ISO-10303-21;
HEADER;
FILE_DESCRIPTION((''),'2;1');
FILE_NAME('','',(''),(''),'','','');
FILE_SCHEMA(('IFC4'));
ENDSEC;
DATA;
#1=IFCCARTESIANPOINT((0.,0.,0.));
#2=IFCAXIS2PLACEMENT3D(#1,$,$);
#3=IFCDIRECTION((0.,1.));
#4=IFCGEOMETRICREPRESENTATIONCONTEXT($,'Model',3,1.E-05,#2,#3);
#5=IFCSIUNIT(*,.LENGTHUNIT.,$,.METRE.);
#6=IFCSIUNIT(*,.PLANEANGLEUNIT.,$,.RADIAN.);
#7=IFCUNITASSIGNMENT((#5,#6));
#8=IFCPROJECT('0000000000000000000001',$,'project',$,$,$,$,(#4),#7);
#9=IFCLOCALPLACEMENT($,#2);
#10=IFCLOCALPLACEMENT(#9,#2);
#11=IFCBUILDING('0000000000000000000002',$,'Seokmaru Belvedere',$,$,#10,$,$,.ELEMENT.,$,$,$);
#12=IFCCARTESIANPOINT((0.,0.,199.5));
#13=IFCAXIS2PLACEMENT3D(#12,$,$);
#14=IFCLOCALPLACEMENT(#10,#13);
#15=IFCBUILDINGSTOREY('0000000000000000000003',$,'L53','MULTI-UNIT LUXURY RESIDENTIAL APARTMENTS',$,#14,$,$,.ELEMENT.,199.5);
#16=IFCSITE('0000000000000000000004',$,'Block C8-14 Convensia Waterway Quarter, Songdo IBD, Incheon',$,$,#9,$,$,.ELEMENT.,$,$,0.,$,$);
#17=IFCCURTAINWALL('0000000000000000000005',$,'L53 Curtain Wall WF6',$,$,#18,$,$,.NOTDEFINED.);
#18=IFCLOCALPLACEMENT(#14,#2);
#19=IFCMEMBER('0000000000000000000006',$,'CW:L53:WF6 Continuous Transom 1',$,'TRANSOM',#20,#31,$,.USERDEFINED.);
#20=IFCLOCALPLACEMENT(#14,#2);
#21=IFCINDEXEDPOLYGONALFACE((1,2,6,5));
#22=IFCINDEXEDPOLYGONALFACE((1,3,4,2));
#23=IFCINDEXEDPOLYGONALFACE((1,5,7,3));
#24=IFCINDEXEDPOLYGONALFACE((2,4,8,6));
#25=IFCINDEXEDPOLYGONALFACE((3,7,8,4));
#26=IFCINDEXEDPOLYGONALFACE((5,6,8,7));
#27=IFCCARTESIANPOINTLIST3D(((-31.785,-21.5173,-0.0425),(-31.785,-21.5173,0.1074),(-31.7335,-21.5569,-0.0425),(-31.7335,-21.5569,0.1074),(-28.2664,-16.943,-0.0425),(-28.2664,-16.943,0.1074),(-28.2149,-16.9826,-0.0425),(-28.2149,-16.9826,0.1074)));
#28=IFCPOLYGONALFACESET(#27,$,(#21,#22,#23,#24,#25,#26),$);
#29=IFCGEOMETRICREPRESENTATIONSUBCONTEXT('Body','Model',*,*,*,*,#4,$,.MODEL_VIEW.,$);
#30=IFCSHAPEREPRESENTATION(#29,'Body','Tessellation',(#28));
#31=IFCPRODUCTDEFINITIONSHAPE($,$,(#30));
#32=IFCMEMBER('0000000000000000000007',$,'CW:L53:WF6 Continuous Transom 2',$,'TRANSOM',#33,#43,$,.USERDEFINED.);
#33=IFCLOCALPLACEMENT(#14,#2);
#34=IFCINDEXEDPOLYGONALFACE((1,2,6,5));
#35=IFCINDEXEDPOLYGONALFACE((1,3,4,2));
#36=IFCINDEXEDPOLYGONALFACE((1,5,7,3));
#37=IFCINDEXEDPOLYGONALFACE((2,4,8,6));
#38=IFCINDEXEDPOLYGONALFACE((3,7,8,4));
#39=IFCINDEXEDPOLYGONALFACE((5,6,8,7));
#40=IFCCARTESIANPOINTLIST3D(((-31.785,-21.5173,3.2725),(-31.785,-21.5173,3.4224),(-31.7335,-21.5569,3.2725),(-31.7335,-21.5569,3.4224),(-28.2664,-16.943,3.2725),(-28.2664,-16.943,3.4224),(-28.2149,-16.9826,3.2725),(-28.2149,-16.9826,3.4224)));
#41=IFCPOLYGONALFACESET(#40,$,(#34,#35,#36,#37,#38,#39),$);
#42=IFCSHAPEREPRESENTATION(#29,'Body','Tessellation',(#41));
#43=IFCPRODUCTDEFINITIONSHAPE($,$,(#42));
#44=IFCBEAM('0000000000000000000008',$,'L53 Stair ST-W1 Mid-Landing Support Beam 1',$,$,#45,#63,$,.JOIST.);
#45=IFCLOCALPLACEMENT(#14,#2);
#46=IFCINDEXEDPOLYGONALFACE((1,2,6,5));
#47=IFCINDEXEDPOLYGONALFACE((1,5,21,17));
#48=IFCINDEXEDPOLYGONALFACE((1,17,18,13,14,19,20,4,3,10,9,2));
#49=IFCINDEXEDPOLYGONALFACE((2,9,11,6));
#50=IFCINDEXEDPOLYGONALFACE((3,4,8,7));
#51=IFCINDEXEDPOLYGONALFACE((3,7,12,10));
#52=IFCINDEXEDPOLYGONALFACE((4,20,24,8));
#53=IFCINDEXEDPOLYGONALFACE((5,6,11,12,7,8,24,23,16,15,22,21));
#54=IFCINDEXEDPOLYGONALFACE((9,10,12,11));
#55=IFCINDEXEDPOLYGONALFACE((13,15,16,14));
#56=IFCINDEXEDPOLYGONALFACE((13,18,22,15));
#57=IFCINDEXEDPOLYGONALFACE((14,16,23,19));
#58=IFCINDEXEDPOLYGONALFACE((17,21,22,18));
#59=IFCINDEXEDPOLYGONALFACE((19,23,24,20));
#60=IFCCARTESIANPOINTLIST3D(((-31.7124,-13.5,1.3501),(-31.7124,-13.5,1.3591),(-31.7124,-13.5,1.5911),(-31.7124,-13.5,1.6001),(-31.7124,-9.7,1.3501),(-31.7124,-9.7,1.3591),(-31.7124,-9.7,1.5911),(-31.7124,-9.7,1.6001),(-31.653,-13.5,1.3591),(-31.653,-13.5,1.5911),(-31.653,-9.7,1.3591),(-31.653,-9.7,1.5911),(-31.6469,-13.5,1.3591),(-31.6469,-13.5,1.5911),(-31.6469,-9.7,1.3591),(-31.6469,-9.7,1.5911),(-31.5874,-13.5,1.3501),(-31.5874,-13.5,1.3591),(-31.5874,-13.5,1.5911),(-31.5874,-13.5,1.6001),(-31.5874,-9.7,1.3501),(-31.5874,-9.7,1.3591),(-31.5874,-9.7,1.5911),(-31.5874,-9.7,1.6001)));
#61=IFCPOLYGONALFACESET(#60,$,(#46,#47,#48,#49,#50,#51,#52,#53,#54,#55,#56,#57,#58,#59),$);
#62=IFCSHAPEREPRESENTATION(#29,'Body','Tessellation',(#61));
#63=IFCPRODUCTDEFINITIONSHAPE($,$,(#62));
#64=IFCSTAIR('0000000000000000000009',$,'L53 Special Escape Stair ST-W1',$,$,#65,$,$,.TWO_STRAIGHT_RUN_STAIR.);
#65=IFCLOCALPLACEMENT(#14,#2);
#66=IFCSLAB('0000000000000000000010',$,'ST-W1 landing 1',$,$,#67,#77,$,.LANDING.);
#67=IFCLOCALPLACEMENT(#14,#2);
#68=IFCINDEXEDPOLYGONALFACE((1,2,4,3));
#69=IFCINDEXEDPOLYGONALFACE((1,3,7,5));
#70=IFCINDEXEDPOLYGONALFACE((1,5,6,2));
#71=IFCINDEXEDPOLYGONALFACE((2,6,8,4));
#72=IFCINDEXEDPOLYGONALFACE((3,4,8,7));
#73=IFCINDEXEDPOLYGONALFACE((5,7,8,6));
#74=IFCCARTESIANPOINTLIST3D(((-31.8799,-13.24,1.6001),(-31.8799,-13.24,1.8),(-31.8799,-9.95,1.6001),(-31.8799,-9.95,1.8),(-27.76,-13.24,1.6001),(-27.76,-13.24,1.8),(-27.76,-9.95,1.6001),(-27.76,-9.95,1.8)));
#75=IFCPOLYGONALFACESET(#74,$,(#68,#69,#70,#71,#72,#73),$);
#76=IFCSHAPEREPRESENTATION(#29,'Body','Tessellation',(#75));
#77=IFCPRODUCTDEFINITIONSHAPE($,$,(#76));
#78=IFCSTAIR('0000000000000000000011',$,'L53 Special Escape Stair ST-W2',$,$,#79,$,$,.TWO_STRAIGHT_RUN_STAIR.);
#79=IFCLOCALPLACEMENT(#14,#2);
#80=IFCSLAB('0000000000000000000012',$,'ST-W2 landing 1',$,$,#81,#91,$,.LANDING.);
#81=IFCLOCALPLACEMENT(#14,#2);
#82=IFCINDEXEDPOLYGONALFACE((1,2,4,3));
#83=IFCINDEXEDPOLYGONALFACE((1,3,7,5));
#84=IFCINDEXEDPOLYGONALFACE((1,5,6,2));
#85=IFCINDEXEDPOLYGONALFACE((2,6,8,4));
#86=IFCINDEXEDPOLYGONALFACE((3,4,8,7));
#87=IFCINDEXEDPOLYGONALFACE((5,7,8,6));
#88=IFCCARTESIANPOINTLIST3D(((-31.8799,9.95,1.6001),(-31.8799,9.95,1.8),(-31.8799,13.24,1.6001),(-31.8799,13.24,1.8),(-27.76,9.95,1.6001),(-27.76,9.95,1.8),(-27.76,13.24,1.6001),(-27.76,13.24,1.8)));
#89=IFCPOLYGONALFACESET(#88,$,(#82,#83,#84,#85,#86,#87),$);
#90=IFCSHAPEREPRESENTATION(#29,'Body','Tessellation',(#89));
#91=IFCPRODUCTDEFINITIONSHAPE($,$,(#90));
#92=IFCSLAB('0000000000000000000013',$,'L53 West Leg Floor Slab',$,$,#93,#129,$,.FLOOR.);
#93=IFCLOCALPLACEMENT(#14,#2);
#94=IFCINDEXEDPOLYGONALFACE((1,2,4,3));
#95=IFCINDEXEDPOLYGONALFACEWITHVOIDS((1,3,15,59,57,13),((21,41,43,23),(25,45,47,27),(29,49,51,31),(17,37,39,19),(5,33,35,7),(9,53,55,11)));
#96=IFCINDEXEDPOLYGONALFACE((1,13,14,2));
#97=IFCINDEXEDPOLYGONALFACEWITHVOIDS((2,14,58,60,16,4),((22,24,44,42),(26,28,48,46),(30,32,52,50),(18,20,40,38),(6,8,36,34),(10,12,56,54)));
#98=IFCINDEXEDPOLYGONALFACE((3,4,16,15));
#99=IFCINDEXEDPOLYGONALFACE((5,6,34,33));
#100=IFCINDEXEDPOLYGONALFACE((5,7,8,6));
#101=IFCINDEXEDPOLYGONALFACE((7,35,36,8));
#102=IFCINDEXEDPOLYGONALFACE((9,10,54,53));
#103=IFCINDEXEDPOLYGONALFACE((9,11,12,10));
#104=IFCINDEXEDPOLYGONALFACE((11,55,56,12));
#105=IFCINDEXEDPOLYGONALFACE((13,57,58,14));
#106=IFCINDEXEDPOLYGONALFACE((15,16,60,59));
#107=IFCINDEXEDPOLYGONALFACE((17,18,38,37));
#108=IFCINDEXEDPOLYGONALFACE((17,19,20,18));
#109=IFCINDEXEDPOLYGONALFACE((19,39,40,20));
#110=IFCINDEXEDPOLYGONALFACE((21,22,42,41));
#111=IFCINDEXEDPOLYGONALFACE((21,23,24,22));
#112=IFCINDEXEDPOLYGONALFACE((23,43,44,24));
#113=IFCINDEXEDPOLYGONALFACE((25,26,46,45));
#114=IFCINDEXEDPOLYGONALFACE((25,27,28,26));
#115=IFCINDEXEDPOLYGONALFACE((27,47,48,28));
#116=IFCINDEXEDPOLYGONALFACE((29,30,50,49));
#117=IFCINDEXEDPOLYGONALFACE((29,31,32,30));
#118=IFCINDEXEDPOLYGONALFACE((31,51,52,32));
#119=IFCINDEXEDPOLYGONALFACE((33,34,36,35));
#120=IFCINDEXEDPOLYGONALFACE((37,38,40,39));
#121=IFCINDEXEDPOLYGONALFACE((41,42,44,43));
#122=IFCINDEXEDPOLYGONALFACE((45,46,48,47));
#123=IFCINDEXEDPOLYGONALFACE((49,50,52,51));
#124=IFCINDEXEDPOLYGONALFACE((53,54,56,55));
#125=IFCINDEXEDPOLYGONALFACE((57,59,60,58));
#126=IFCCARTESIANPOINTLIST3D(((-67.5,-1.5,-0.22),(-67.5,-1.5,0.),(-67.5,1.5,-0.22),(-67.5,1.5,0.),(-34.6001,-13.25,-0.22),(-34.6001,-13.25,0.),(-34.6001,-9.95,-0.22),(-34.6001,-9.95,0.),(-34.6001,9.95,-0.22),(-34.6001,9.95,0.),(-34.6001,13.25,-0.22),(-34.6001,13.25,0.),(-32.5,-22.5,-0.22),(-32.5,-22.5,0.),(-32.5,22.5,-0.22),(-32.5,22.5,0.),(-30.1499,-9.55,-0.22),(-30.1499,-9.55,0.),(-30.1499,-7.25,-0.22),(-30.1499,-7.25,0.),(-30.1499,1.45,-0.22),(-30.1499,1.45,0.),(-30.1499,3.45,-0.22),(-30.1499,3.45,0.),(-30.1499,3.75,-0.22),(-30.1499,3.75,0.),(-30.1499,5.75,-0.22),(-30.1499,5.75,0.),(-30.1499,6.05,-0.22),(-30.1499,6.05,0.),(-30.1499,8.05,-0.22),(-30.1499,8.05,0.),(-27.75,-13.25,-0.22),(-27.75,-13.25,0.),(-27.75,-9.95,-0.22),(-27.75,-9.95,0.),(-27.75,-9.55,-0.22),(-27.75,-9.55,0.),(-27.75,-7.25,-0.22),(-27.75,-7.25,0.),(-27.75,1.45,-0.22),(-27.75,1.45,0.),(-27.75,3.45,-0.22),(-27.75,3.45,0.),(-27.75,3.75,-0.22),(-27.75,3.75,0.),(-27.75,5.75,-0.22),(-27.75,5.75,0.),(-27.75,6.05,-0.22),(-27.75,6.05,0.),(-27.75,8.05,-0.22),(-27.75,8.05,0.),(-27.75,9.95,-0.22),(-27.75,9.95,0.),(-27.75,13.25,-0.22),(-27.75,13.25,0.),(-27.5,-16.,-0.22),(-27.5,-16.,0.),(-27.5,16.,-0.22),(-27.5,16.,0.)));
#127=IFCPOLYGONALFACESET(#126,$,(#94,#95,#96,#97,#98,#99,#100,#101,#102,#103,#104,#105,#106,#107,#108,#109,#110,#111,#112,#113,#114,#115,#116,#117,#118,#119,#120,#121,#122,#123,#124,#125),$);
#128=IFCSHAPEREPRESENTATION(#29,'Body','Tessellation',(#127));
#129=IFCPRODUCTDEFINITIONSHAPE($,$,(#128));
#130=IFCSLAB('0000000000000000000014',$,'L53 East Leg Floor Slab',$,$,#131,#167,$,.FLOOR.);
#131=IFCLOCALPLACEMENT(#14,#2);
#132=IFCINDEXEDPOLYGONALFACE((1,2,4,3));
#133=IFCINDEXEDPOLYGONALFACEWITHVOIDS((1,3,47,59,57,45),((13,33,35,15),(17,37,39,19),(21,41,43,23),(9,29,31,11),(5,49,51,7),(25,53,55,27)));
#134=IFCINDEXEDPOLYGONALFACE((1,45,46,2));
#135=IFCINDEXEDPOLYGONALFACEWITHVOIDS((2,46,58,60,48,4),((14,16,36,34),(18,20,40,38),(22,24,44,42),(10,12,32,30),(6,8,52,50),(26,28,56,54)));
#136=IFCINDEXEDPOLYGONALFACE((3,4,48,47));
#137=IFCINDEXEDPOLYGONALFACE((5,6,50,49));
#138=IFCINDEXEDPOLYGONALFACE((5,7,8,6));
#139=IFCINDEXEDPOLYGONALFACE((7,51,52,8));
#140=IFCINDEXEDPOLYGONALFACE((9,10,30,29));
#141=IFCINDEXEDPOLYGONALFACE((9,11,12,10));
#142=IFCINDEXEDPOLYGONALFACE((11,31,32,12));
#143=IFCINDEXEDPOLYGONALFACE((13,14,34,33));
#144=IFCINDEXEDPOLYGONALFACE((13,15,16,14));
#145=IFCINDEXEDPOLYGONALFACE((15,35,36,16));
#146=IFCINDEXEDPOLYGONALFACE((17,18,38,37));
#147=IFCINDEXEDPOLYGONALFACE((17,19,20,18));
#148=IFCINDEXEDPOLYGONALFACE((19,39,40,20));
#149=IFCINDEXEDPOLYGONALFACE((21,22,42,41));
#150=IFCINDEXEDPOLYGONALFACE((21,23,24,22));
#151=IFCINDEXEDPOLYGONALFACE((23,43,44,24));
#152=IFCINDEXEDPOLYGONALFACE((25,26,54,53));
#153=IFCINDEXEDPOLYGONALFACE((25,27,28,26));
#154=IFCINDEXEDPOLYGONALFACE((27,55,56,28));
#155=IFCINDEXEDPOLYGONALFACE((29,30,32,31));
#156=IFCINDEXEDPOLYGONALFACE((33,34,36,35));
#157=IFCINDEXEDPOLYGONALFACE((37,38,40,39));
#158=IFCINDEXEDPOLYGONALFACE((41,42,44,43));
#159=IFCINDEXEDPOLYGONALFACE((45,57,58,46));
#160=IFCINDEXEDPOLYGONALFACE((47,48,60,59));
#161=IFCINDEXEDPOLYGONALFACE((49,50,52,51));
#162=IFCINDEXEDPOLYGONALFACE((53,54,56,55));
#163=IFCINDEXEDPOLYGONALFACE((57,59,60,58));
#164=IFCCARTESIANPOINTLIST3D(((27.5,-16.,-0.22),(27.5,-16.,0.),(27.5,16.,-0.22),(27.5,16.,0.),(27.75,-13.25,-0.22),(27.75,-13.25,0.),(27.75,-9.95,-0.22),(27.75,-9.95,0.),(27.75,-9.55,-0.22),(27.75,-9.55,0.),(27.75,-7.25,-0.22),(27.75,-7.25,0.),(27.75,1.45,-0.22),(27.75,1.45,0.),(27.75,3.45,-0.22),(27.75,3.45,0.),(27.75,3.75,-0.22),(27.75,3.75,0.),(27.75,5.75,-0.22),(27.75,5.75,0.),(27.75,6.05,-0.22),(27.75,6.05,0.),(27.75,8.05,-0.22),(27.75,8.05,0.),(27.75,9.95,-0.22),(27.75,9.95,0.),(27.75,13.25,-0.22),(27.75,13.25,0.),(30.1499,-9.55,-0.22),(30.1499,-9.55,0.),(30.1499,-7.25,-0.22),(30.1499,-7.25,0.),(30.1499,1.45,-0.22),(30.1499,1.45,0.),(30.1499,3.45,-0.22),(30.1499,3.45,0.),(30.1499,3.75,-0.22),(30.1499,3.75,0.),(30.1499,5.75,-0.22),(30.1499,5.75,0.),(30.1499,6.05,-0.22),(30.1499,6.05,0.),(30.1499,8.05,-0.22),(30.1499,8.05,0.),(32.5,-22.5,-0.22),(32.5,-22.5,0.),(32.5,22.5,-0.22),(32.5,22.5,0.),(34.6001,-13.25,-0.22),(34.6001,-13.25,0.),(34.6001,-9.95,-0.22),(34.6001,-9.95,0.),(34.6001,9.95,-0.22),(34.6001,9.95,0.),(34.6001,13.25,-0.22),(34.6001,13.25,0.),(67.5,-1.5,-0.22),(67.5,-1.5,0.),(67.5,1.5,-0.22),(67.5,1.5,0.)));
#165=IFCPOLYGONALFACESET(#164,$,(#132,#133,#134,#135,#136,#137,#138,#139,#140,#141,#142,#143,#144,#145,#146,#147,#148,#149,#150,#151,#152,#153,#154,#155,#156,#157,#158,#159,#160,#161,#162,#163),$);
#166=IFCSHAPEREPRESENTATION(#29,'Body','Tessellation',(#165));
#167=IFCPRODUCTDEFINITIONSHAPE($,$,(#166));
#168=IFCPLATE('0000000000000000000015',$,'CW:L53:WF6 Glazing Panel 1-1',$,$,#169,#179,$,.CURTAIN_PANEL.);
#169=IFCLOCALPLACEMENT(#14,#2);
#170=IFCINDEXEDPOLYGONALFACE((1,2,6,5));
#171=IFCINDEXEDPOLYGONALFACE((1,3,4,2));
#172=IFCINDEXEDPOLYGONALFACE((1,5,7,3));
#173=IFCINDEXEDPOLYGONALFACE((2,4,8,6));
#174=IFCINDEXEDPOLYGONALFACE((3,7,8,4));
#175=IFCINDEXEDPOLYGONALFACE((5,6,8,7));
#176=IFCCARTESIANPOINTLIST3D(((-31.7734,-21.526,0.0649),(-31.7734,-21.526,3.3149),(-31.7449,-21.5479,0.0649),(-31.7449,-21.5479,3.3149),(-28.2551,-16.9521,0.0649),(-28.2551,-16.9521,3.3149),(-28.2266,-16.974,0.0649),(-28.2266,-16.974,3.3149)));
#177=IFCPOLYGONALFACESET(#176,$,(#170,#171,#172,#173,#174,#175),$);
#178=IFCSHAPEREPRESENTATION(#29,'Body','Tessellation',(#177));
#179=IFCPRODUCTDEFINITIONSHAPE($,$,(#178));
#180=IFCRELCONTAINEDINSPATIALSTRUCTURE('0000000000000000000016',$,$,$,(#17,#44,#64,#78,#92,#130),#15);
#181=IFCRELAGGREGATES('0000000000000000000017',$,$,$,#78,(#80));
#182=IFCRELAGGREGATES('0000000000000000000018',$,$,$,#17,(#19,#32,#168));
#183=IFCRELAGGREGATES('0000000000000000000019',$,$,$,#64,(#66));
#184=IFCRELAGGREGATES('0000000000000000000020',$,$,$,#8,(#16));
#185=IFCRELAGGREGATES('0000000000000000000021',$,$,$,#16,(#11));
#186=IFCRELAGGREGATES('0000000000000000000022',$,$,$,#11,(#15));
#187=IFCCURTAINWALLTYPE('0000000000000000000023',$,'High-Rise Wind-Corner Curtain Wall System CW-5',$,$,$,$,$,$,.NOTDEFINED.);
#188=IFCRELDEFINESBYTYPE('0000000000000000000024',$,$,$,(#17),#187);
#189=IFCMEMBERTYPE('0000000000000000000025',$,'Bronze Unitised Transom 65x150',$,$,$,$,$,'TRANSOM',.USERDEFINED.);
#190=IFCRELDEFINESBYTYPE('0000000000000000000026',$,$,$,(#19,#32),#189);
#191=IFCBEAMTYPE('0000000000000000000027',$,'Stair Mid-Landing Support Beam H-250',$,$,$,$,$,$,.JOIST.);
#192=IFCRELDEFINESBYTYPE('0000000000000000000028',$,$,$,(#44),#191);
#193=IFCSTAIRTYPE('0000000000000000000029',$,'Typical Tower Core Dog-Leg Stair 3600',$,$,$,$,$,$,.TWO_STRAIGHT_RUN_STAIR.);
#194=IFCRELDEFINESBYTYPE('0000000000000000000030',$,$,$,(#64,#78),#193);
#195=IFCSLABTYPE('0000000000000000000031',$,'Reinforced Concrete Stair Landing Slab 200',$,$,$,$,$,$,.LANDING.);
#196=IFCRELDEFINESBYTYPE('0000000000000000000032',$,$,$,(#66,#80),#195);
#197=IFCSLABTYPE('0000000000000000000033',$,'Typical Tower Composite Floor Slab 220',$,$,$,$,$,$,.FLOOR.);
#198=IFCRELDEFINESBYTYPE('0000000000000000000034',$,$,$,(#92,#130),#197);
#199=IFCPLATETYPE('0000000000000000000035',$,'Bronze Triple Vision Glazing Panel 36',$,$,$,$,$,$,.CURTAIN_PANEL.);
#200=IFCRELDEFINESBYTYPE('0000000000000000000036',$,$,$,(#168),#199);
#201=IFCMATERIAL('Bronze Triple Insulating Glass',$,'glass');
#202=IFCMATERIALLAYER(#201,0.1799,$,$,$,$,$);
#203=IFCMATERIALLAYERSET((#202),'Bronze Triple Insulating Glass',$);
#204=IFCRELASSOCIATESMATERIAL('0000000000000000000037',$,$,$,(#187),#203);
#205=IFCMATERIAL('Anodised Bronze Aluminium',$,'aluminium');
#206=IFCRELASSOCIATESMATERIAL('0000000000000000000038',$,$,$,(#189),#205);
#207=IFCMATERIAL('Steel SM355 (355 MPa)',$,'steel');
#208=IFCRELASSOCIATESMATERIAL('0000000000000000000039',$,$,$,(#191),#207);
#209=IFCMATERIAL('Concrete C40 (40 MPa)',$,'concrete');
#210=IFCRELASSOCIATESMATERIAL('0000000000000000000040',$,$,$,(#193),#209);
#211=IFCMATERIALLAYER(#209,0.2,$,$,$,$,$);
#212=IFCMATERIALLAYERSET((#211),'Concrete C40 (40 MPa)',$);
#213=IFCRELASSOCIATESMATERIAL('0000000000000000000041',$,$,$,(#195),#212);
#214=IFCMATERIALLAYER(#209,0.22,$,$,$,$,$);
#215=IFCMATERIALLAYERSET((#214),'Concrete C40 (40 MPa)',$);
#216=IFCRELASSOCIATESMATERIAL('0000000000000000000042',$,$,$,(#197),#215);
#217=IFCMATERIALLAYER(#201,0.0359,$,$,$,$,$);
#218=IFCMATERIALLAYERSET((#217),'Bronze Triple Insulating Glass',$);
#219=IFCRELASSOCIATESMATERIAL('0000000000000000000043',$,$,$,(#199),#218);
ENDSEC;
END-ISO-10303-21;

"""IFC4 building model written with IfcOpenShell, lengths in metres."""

from ifc_helpers import new_model, si_unit, direction, frame, origin, origin_2d, place, context, subcontext, project, spatial, polyline, rectangle, i_section, outline, extrude, source, transform, mapped, material, layer, layer_set, material_profile, profile_set, type_object, type_shapes, element, aggregate, save


model = new_model("IFC4")

# Units and contexts
model_context = context("Model", 3, precision=1e-05, world=origin(), true_north=direction((0.0, 1.0)))
body_context = subcontext(model_context, "Body", "Model", "MODEL_VIEW")
ifc_project = project(units=[si_unit("LENGTHUNIT", "METRE"), si_unit("PLANEANGLEUNIT", "RADIAN")], contexts=[model_context])

# Site, building, storey
site_placement = place(None, origin())
site = spatial("IfcSite", under=ifc_project, at=site_placement, Name="Block C8-14 Convensia Waterway Quarter, Songdo IBD, Incheon", CompositionType="ELEMENT", RefElevation=0.0)
building_placement = place(site_placement, origin())
building = spatial("IfcBuilding", under=site, at=building_placement, Name="Seokmaru Belvedere", CompositionType="ELEMENT")
storey_placement = place(building_placement, frame((0.0, 0.0, 199.5)))
storey = spatial("IfcBuildingStorey", under=building, at=storey_placement, Name="L53", Description="MULTI-UNIT LUXURY RESIDENTIAL APARTMENTS", CompositionType="ELEMENT", Elevation=199.5)

# Shared definitions
ifc_material_1 = material(Name="Steel SM355 (355 MPa)", Category="steel")

# Curtain wall, members
ifc_material_2 = material(Name="Bronze Triple Insulating Glass", Category="glass")
ifc_layer_1 = layer(ifc_material_2, 0.1799)
ifc_layer_set_1 = layer_set([ifc_layer_1], Name="Bronze Triple Insulating Glass")
curtain_wall_type = type_object("IfcCurtainWallType", Name="High-Rise Wind-Corner Curtain Wall System CW-5", PredefinedType="NOTDEFINED", material=ifc_layer_set_1)
curtain_wall_placement = place(storey_placement, origin())
curtain_wall = element("IfcCurtainWall", 1, at=curtain_wall_placement, inside=storey, type_object=curtain_wall_type, Name="L53 Curtain Wall WF6", PredefinedType="NOTDEFINED")
ifc_material_3 = material(Name="Anodised Bronze Aluminium", Category="aluminium")
ifc_material_profile_1 = material_profile(ifc_material_3, rectangle(XDim=0.0649, YDim=0.1499, at=origin_2d()), Name="CW-T-65x150")
ifc_profile_set_1 = profile_set([ifc_material_profile_1], Name="Anodised Bronze Aluminium")
member_type_1 = type_object("IfcMemberType", Name="Bronze Unitised Transom 65x150", ElementType="TRANSOM", PredefinedType="USERDEFINED", material=ifc_profile_set_1)
shared_shape_1 = source(origin(), body_context, "Body", "SweptSolid", [
    extrude(rectangle(XDim=0.0649, YDim=0.1499, at=origin_2d()), origin(), (0.0, 0.0, 1.0), 5.771),
])
type_shapes(member_type_1, [shared_shape_1])
member_1_placement = place(storey_placement, frame((-31.7593, -21.5371, 0.0325), z_axis=(0.609703, 0.79263, 0.0), x_axis=(-0.79263, 0.609703, 0.0)))
member_1 = element("IfcMember", 2, at=member_1_placement, type_object=member_type_1, Name="CW:L53:WF6 Continuous Transom 1", ObjectType="TRANSOM", PredefinedType="USERDEFINED", context=body_context, shape_type="MappedRepresentation", body=[
    mapped(shared_shape_1, transform((0.0, 0.0, 0.0), scale=1.0)),
])
member_2_placement = place(storey_placement, frame((-31.7593, -21.5371, 3.3474), z_axis=(0.609703, 0.79263, 0.0), x_axis=(-0.79263, 0.609703, 0.0)))
member_2 = element("IfcMember", 3, at=member_2_placement, type_object=member_type_1, Name="CW:L53:WF6 Continuous Transom 2", ObjectType="TRANSOM", PredefinedType="USERDEFINED", context=body_context, shape_type="MappedRepresentation", body=[
    mapped(shared_shape_1, transform((0.0, 0.0, 0.0), scale=1.0)),
])

# Beam
ifc_material_profile_2 = material_profile(ifc_material_1, i_section(OverallWidth=0.125, OverallDepth=0.25, WebThickness=0.0061, FlangeThickness=0.009, at=origin_2d()), Name="H-250x125x6x9")
ifc_profile_set_2 = profile_set([ifc_material_profile_2], Name="Steel SM355 (355 MPa)")
beam_type_1 = type_object("IfcBeamType", Name="Stair Mid-Landing Support Beam H-250", PredefinedType="JOIST", material=ifc_profile_set_2)
shared_shape_2 = source(origin(), body_context, "Body", "SweptSolid", [
    extrude(i_section(OverallWidth=0.125, OverallDepth=0.25, WebThickness=0.0061, FlangeThickness=0.009, at=origin_2d()), origin(), (0.0, 0.0, 1.0), 3.8),
])
type_shapes(beam_type_1, [shared_shape_2])
beam_1_placement = place(storey_placement, frame((-31.6499, -13.5, 1.4751), z_axis=(0.0, 1.0, 0.0), x_axis=(-1.0, 0.0, 0.0)))
element("IfcBeam", 4, at=beam_1_placement, inside=storey, type_object=beam_type_1, Name="L53 Stair ST-W1 Mid-Landing Support Beam 1", PredefinedType="JOIST", context=body_context, shape_type="MappedRepresentation", body=[
    mapped(shared_shape_2, transform((0.0, 0.0, 0.0), scale=1.0)),
])

# Stairs, slabs
ifc_material_4 = material(Name="Concrete C40 (40 MPa)", Category="concrete")
stair_type = type_object("IfcStairType", Name="Typical Tower Core Dog-Leg Stair 3600", PredefinedType="TWO_STRAIGHT_RUN_STAIR", material=ifc_material_4)
stair_1_placement = place(storey_placement, origin())
stair_1 = element("IfcStair", 5, at=stair_1_placement, inside=storey, type_object=stair_type, Name="L53 Special Escape Stair ST-W1", PredefinedType="TWO_STRAIGHT_RUN_STAIR")
ifc_layer_2 = layer(ifc_material_4, 0.2)
ifc_layer_set_2 = layer_set([ifc_layer_2], Name="Concrete C40 (40 MPa)")
slab_type_1 = type_object("IfcSlabType", Name="Reinforced Concrete Stair Landing Slab 200", PredefinedType="LANDING", material=ifc_layer_set_2)
slab_1_placement = place(storey_placement, frame((0.0, 0.0, 1.6001)))
slab_1 = element("IfcSlab", 6, at=slab_1_placement, type_object=slab_type_1, Name="ST-W1 landing 1", PredefinedType="LANDING", context=body_context, shape_type="SweptSolid", body=[
    extrude(outline(polyline([(-31.8799, -13.24), (-27.76, -13.24), (-27.76, -9.95), (-31.8799, -9.95), (-31.8799, -13.24)])), origin(), (0.0, 0.0, 1.0), 0.2),
])
stair_2_placement = place(storey_placement, origin())
stair_2 = element("IfcStair", 7, at=stair_2_placement, inside=storey, type_object=stair_type, Name="L53 Special Escape Stair ST-W2", PredefinedType="TWO_STRAIGHT_RUN_STAIR")
slab_2_placement = place(storey_placement, frame((0.0, 0.0, 1.6001)))
slab_2 = element("IfcSlab", 8, at=slab_2_placement, type_object=slab_type_1, Name="ST-W2 landing 1", PredefinedType="LANDING", context=body_context, shape_type="SweptSolid", body=[
    extrude(outline(polyline([(-31.8799, 9.95), (-27.76, 9.95), (-27.76, 13.24), (-31.8799, 13.24), (-31.8799, 9.95)])), origin(), (0.0, 0.0, 1.0), 0.2),
])
aggregate(stair_2, [slab_2])

# Slabs
ifc_layer_3 = layer(ifc_material_4, 0.22)
ifc_layer_set_3 = layer_set([ifc_layer_3], Name="Concrete C40 (40 MPa)")
slab_type_2 = type_object("IfcSlabType", Name="Typical Tower Composite Floor Slab 220", PredefinedType="FLOOR", material=ifc_layer_set_3)
slab_3_placement = place(storey_placement, frame((0.0, 0.0, -0.22)))
element("IfcSlab", 9, at=slab_3_placement, inside=storey, type_object=slab_type_2, Name="L53 West Leg Floor Slab", PredefinedType="FLOOR", context=body_context, shape_type="SweptSolid", body=[
    extrude(outline(polyline([(-27.5, -16.0), (-27.5, 16.0), (-32.5, 22.5), (-67.5, 1.5), (-67.5, -1.5), (-32.5, -22.5), (-27.5, -16.0)]), holes=[polyline([(-34.6001, -13.25), (-27.75, -13.25), (-27.75, -9.95), (-34.6001, -9.95), (-34.6001, -13.25)]), polyline([(-34.6001, 9.95), (-27.75, 9.95), (-27.75, 13.25), (-34.6001, 13.25), (-34.6001, 9.95)]), polyline([(-30.1499, -9.55), (-27.75, -9.55), (-27.75, -7.25), (-30.1499, -7.25), (-30.1499, -9.55)]), polyline([(-30.1499, 1.45), (-27.75, 1.45), (-27.75, 3.45), (-30.1499, 3.45), (-30.1499, 1.45)]), polyline([(-30.1499, 3.75), (-27.75, 3.75), (-27.75, 5.75), (-30.1499, 5.75), (-30.1499, 3.75)]), polyline([(-30.1499, 6.05), (-27.75, 6.05), (-27.75, 8.05), (-30.1499, 8.05), (-30.1499, 6.05)])]), origin(), (0.0, 0.0, 1.0), 0.22),
])
slab_4_placement = place(storey_placement, frame((0.0, 0.0, -0.22)))
element("IfcSlab", 10, at=slab_4_placement, inside=storey, type_object=slab_type_2, Name="L53 East Leg Floor Slab", PredefinedType="FLOOR", context=body_context, shape_type="SweptSolid", body=[
    extrude(outline(polyline([(32.5, -22.5), (67.5, -1.5), (67.5, 1.5), (32.5, 22.5), (27.5, 16.0), (27.5, -16.0), (32.5, -22.5)]), holes=[polyline([(27.75, -13.25), (34.6001, -13.25), (34.6001, -9.95), (27.75, -9.95), (27.75, -13.25)]), polyline([(27.75, 9.95), (34.6001, 9.95), (34.6001, 13.25), (27.75, 13.25), (27.75, 9.95)]), polyline([(27.75, -9.55), (30.1499, -9.55), (30.1499, -7.25), (27.75, -7.25), (27.75, -9.55)]), polyline([(27.75, 1.45), (30.1499, 1.45), (30.1499, 3.45), (27.75, 3.45), (27.75, 1.45)]), polyline([(27.75, 3.75), (30.1499, 3.75), (30.1499, 5.75), (27.75, 5.75), (27.75, 3.75)]), polyline([(27.75, 6.05), (30.1499, 6.05), (30.1499, 8.05), (27.75, 8.05), (27.75, 6.05)])]), origin(), (0.0, 0.0, 1.0), 0.22),
])

# Plate
ifc_layer_4 = layer(ifc_material_2, 0.0359)
ifc_layer_set_4 = layer_set([ifc_layer_4], Name="Bronze Triple Insulating Glass")
plate_type = type_object("IfcPlateType", Name="Bronze Triple Vision Glazing Panel 36", PredefinedType="CURTAIN_PANEL", material=ifc_layer_set_4)
shared_shape_3 = source(origin(), body_context, "Body", "SweptSolid", [
    extrude(rectangle(XDim=5.7705, YDim=0.0359, at=origin_2d()), origin(), (0.0, 0.0, 1.0), 3.25),
])
type_shapes(plate_type, [shared_shape_3])
plate_placement = place(storey_placement, frame((-30.0, -19.25, 0.0649), z_axis=(0.0, 0.0, 1.0), x_axis=(0.609701, 0.792631, 0.0)))
plate = element("IfcPlate", 11, at=plate_placement, type_object=plate_type, Name="CW:L53:WF6 Glazing Panel 1-1", PredefinedType="CURTAIN_PANEL", context=body_context, shape_type="MappedRepresentation", body=[
    mapped(shared_shape_3, transform((0.0, 0.0, 0.0), scale=1.0)),
])
aggregate(curtain_wall, [member_1, member_2, plate])

aggregate(stair_1, [slab_1])

save(model, "model.ifc")
